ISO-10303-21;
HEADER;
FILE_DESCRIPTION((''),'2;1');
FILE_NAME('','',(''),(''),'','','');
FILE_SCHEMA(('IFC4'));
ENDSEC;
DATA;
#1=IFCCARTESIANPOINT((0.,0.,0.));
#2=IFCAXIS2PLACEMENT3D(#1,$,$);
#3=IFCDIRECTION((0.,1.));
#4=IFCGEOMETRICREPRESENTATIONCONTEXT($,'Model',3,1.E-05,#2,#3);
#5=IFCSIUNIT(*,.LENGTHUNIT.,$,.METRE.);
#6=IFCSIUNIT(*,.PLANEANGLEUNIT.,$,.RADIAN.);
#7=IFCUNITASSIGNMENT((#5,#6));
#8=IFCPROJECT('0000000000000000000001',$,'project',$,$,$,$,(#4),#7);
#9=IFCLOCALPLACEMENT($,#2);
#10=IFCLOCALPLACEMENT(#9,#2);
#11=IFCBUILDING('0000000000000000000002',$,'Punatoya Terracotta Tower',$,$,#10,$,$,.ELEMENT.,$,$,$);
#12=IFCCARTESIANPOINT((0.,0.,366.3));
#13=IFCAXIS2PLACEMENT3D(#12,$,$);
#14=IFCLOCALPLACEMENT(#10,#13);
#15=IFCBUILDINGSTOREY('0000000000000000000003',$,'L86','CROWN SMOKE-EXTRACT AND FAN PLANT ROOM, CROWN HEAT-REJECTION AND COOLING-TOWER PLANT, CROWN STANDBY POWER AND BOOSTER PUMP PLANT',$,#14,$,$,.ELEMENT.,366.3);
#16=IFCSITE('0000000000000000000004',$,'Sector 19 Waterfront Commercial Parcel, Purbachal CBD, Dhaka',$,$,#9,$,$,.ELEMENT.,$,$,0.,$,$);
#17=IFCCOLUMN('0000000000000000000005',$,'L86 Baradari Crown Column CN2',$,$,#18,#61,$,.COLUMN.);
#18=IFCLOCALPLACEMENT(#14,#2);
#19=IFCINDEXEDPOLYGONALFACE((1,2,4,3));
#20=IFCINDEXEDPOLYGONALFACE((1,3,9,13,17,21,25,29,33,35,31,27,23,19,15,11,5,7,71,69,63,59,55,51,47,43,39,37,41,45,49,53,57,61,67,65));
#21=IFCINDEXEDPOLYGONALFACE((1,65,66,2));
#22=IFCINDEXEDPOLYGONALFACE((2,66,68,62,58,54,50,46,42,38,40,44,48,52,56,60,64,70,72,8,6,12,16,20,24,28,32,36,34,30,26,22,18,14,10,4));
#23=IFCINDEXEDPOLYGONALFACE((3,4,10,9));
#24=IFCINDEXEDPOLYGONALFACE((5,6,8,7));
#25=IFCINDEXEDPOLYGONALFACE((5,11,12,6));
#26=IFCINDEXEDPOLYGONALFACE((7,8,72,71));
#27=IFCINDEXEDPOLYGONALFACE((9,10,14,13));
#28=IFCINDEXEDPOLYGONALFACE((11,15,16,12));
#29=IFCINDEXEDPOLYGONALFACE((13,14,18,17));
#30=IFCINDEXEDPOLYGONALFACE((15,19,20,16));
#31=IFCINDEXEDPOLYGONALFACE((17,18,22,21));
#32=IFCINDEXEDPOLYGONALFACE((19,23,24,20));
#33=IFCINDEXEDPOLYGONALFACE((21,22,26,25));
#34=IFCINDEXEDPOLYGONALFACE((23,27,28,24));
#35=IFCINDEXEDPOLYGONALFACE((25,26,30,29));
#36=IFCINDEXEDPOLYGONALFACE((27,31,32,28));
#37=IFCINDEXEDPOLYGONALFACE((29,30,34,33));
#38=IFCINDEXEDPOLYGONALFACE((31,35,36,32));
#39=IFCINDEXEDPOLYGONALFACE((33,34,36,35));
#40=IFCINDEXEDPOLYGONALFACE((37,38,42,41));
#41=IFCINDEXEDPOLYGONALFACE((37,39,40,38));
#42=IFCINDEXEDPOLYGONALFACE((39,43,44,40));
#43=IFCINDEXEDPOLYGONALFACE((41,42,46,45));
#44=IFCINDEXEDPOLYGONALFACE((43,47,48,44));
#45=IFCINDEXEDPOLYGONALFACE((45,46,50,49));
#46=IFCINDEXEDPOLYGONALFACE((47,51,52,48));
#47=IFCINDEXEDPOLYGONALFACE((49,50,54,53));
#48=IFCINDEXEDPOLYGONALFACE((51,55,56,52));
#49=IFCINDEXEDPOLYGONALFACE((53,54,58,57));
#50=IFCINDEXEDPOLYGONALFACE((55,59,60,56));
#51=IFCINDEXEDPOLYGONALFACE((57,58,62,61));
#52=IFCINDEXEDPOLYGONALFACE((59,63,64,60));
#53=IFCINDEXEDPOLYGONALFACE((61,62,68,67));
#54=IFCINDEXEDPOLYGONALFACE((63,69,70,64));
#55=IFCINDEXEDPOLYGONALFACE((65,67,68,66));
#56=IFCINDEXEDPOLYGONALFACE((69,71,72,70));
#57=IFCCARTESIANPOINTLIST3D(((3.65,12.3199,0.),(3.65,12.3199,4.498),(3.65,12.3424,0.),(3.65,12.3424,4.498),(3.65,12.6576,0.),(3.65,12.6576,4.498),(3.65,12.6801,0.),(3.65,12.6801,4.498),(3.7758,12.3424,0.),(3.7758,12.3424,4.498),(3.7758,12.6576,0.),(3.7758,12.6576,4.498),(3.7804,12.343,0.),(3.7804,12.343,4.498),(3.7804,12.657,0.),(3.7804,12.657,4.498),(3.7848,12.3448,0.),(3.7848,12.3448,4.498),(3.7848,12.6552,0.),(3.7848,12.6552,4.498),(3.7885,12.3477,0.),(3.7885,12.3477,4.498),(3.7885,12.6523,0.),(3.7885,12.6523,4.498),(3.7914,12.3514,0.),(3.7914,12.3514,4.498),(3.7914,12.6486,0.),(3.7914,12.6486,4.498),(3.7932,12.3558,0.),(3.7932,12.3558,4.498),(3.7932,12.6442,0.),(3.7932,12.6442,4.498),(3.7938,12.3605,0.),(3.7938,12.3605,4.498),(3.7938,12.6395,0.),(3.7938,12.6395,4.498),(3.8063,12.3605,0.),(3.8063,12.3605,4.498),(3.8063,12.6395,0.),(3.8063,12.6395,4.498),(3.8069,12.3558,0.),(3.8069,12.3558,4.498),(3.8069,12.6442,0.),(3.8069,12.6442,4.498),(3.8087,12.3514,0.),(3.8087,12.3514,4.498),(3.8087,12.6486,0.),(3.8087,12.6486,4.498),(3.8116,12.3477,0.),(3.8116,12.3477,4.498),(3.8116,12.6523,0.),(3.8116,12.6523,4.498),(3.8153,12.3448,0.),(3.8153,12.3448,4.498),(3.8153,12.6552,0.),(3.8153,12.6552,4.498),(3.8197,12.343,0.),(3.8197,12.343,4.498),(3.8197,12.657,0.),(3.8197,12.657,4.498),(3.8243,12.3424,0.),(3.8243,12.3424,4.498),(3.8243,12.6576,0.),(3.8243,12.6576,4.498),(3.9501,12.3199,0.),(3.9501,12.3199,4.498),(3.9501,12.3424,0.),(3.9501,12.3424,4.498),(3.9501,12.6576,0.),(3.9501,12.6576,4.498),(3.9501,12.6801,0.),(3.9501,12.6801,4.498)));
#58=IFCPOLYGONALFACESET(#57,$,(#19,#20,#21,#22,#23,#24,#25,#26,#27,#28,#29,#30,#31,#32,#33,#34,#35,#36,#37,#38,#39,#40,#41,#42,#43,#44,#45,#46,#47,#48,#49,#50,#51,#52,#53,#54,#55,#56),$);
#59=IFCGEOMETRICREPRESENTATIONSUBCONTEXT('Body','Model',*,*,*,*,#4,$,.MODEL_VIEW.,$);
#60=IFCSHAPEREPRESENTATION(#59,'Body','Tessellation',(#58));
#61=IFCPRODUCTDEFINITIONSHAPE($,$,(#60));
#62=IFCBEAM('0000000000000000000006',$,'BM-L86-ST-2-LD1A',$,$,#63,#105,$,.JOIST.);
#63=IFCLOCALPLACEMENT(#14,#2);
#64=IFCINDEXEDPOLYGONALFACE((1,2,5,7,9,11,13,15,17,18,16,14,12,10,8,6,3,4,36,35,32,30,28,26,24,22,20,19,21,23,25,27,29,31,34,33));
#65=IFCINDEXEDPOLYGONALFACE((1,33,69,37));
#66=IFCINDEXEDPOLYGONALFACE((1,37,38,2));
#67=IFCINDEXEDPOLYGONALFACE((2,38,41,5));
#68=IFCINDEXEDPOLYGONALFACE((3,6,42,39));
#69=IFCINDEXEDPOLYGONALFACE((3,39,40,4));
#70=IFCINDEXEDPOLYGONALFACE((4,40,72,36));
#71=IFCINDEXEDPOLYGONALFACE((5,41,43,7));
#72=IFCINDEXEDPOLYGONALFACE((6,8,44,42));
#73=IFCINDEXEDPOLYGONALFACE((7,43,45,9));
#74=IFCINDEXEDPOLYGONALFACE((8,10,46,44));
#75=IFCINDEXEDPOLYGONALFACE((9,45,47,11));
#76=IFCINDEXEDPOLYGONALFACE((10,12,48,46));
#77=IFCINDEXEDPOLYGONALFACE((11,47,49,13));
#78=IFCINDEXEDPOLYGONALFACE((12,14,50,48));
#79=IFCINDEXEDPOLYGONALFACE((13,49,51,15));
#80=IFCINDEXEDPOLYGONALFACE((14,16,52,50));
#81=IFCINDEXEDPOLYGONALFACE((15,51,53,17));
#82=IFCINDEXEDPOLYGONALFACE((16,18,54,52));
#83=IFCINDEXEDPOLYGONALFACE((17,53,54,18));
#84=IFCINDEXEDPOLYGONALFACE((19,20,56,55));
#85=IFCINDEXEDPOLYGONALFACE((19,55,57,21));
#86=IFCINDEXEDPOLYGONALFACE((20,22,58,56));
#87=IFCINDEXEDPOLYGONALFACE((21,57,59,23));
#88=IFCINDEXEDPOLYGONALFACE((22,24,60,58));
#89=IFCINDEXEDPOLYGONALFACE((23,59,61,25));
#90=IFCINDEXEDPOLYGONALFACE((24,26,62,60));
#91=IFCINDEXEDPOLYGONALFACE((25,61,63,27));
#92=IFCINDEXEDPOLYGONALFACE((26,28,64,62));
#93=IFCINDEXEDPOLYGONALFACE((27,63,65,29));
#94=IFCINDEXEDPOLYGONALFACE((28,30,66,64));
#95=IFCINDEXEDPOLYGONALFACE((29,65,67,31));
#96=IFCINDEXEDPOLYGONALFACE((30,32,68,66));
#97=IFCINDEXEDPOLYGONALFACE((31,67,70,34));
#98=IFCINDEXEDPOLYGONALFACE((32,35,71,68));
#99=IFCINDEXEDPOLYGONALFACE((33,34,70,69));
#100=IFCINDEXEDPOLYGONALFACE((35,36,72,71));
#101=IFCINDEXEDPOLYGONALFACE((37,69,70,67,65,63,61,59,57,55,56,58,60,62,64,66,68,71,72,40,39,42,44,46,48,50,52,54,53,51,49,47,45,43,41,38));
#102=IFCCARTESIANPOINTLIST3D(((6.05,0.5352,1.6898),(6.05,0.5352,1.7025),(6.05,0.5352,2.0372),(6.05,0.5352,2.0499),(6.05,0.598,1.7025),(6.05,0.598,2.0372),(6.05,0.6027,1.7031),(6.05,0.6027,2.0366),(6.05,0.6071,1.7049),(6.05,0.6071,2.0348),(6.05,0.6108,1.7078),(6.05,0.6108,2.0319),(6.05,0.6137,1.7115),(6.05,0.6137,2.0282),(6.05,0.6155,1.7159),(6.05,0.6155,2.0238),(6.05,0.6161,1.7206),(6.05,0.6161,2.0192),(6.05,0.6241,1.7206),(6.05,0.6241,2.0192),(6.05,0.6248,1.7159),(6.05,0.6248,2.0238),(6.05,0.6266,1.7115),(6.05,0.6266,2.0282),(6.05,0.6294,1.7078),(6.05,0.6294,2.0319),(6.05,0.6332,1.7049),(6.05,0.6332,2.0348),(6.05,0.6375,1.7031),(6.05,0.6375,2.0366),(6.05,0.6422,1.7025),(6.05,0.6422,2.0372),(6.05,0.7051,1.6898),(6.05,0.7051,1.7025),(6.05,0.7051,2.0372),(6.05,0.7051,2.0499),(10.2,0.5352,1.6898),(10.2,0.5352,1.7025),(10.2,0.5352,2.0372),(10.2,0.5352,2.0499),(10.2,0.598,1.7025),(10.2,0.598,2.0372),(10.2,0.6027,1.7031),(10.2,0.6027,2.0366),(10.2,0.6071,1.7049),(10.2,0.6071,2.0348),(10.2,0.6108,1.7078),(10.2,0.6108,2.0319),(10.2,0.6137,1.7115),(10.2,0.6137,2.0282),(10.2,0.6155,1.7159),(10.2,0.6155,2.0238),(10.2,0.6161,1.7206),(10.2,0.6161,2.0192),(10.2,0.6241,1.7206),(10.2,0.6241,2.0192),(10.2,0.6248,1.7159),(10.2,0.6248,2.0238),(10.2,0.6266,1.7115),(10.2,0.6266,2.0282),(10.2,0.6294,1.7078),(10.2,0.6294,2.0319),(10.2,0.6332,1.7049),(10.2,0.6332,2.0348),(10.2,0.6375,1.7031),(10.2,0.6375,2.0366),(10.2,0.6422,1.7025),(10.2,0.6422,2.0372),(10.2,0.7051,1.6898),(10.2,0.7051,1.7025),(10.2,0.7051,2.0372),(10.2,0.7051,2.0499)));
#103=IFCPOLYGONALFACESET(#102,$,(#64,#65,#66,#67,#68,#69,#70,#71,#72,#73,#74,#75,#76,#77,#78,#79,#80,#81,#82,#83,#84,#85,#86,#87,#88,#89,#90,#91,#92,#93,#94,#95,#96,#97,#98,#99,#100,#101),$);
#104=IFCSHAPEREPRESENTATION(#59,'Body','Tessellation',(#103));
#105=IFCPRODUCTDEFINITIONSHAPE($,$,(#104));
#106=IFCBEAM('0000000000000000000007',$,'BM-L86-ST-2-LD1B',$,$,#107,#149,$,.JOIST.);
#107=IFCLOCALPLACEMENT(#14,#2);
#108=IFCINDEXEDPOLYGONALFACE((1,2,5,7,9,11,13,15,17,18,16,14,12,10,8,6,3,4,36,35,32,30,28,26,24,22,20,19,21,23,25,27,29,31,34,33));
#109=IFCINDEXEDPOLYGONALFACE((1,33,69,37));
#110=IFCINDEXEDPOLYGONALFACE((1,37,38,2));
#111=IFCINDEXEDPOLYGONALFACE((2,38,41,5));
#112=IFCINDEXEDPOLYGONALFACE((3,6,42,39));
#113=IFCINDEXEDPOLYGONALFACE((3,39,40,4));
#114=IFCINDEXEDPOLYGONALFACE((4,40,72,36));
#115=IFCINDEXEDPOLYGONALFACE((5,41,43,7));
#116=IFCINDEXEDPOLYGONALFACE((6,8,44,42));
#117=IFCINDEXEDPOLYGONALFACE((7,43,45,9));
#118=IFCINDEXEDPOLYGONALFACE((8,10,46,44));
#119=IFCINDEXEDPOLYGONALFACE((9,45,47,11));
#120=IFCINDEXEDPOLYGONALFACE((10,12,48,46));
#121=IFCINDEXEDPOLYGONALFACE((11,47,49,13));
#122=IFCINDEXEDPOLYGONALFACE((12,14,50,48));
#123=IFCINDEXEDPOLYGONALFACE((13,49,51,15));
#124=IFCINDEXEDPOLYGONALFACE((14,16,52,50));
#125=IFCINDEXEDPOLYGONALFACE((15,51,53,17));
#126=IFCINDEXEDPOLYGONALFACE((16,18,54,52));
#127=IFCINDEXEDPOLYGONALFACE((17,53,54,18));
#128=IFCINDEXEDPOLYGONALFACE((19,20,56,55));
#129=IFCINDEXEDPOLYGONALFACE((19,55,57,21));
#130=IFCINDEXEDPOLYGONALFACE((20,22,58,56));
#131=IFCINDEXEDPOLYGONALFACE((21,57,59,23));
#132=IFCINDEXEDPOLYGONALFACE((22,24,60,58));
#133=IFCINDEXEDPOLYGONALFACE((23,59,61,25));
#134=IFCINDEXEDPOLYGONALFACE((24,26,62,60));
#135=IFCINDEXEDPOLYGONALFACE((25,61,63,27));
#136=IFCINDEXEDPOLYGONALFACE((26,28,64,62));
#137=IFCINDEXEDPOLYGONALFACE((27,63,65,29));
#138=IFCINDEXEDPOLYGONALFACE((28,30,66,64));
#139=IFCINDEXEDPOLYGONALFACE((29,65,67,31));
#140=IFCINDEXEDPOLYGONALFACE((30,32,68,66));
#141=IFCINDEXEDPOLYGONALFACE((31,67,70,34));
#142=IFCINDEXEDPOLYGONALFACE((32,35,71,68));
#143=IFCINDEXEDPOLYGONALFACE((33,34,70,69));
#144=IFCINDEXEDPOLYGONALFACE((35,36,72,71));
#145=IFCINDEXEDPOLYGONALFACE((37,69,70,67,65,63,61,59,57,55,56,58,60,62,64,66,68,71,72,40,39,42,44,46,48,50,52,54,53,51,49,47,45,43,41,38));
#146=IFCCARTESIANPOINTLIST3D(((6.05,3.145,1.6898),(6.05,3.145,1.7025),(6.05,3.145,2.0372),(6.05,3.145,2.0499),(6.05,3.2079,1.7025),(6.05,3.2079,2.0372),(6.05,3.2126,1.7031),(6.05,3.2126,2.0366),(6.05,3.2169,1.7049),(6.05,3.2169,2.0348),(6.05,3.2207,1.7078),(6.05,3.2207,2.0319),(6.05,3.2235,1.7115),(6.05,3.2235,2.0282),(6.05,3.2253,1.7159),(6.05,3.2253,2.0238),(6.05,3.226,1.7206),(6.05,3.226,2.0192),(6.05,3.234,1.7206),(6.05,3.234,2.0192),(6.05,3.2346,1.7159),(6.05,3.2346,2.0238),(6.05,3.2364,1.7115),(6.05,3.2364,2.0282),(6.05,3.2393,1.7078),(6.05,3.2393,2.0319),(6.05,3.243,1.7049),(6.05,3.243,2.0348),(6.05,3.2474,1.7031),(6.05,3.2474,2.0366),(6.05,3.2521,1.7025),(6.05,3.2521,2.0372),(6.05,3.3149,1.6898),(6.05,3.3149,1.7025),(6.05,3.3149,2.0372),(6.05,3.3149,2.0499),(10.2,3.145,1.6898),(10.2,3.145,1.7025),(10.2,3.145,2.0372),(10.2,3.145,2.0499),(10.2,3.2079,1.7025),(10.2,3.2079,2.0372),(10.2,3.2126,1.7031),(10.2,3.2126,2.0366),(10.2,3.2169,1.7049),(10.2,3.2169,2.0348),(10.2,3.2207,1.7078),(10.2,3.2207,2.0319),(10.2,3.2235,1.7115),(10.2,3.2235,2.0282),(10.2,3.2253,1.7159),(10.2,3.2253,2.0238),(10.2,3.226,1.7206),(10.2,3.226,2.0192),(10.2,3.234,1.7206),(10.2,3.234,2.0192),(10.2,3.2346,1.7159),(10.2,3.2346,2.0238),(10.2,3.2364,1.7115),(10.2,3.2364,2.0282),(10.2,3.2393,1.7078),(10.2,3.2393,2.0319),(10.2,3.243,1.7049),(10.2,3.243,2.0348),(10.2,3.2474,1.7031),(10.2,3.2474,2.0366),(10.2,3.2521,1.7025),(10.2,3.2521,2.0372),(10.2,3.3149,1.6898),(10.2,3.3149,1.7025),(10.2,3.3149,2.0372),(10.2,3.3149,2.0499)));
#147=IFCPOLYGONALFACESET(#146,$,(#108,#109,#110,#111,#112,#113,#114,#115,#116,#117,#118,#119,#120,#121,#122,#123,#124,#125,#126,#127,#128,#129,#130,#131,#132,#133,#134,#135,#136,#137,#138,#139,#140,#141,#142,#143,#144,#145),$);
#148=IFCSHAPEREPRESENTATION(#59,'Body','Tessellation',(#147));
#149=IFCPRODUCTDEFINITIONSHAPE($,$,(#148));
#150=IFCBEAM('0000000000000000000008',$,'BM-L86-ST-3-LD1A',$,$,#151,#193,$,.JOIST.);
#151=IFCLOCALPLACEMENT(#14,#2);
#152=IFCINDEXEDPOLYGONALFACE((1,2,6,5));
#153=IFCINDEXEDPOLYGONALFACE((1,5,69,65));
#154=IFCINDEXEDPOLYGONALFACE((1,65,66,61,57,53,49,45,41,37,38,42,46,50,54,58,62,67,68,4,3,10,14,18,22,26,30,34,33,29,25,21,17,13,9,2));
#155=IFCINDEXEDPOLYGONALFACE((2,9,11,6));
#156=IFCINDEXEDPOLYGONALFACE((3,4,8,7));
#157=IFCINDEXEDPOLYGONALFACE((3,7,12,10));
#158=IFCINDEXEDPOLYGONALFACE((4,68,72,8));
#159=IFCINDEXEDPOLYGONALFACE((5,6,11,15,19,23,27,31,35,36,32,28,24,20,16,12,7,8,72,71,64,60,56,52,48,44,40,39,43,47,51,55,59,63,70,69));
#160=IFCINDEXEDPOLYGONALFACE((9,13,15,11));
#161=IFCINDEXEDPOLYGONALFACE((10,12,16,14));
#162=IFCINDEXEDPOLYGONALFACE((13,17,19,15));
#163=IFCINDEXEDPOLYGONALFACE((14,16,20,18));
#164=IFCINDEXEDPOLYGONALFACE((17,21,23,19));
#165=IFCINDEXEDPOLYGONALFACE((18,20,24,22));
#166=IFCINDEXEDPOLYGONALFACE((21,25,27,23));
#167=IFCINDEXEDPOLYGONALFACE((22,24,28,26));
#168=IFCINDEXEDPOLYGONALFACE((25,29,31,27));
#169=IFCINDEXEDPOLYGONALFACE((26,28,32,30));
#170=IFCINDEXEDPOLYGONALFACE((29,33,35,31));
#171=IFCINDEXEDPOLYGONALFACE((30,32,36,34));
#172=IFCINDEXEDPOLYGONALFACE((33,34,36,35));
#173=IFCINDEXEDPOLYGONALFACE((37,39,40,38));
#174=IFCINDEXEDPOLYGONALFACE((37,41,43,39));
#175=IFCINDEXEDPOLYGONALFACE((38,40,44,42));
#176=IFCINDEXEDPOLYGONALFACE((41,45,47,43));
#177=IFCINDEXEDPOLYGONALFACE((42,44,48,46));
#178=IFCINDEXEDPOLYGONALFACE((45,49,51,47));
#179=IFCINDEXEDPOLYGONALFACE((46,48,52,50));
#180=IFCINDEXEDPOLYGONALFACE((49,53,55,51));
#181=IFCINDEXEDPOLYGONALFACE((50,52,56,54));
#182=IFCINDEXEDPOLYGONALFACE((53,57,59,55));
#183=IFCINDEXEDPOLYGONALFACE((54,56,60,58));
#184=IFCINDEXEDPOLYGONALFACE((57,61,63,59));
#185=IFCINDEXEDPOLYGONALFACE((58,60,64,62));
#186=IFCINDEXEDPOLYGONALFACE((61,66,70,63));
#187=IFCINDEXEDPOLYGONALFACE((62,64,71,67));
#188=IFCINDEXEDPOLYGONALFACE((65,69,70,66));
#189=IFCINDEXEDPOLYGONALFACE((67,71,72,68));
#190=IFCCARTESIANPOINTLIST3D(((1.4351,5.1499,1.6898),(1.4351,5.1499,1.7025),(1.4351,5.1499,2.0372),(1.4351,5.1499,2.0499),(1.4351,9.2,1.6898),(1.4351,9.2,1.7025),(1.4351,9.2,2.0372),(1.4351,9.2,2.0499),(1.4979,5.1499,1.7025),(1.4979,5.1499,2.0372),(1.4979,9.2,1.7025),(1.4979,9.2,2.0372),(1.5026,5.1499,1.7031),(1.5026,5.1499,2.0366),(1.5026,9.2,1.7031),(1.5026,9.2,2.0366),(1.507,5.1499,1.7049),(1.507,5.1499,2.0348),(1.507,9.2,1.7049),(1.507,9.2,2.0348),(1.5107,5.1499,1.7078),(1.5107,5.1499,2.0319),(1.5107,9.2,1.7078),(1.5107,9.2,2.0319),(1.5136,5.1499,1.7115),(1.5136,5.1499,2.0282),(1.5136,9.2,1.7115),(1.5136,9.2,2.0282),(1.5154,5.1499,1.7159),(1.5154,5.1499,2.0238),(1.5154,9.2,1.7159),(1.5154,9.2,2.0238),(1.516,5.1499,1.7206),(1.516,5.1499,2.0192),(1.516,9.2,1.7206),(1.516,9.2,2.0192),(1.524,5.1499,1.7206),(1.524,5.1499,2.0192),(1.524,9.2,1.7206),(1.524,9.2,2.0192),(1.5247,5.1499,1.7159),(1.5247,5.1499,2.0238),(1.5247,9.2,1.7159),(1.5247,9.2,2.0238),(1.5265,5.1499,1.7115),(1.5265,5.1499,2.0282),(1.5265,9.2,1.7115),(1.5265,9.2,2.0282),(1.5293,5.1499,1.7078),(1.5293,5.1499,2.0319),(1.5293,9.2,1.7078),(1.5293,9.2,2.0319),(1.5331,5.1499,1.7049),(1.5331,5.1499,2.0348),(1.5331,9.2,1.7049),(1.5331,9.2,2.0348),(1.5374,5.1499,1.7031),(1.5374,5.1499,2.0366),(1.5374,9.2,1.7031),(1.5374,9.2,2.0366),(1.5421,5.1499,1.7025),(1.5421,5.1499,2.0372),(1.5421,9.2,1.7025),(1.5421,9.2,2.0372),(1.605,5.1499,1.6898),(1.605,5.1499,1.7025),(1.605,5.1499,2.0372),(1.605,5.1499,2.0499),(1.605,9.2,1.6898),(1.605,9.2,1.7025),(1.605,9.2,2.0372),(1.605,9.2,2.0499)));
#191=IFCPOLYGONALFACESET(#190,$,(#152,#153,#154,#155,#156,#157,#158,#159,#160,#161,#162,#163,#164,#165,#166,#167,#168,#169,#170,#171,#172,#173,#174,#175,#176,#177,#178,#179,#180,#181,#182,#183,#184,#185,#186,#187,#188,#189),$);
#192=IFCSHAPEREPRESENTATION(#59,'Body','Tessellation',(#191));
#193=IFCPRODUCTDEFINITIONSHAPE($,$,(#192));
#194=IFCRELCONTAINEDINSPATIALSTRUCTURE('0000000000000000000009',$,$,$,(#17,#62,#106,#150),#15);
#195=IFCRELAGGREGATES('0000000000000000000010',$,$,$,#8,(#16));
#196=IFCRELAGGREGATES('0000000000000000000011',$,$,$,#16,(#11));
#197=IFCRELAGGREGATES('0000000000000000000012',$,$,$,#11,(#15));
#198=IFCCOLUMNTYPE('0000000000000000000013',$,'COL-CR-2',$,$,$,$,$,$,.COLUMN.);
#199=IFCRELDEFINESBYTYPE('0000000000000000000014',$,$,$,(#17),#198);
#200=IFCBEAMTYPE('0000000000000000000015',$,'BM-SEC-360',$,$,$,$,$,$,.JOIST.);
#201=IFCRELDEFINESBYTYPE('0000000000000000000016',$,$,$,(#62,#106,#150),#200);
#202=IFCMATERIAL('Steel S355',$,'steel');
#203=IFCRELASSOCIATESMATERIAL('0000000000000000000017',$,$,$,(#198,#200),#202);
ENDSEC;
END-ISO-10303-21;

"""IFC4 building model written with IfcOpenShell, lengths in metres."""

from ifc_helpers import new_model, si_unit, direction, frame, origin, origin_2d, place, context, subcontext, project, spatial, i_section, extrude, material, material_profile, profile_set, type_object, element, save


model = new_model("IFC4")

# Units and contexts
model_context = context("Model", 3, precision=1e-05, world=origin(), true_north=direction((0.0, 1.0)))
body_context = subcontext(model_context, "Body", "Model", "MODEL_VIEW")
ifc_project = project(units=[si_unit("LENGTHUNIT", "METRE"), si_unit("PLANEANGLEUNIT", "RADIAN")], contexts=[model_context])

# Site, building, storey
site_placement = place(None, origin())
site = spatial("IfcSite", under=ifc_project, at=site_placement, Name="Sector 19 Waterfront Commercial Parcel, Purbachal CBD, Dhaka", CompositionType="ELEMENT", RefElevation=0.0)
building_placement = place(site_placement, origin())
building = spatial("IfcBuilding", under=site, at=building_placement, Name="Punatoya Terracotta Tower", CompositionType="ELEMENT")
storey_placement = place(building_placement, frame((0.0, 0.0, 366.3)))
storey = spatial("IfcBuildingStorey", under=building, at=storey_placement, Name="L86", Description="CROWN SMOKE-EXTRACT AND FAN PLANT ROOM, CROWN HEAT-REJECTION AND COOLING-TOWER PLANT, CROWN STANDBY POWER AND BOOSTER PUMP PLANT", CompositionType="ELEMENT", Elevation=366.3)

# Column
ifc_material_1 = material(Name="Steel S355", Category="steel")
ifc_material_profile_1 = material_profile(ifc_material_1, i_section(OverallWidth=0.3, OverallDepth=0.3601, WebThickness=0.0125, FlangeThickness=0.0225, FilletRadius=0.0181, at=origin_2d()))
ifc_profile_set_1 = profile_set([ifc_material_profile_1], Name="Steel S355")
column_type = type_object("IfcColumnType", Name="COL-CR-2", PredefinedType="COLUMN", material=ifc_profile_set_1)
column_placement = place(storey_placement, frame((3.8, 12.5, 0.0), z_axis=(0.0, 0.0, 1.0), x_axis=(1.0, 0.0, 0.0)))
element("IfcColumn", 1, at=column_placement, inside=storey, type_object=column_type, Name="L86 Baradari Crown Column CN2", PredefinedType="COLUMN", context=body_context, shape_type="SweptSolid", body=[
    extrude(i_section(OverallWidth=0.3, OverallDepth=0.3601, WebThickness=0.0125, FlangeThickness=0.0225, FilletRadius=0.0181, at=origin_2d()), origin(), (0.0, 0.0, 1.0), 4.498),
])

# Beams
ifc_material_profile_2 = material_profile(ifc_material_1, i_section(OverallWidth=0.1699, OverallDepth=0.3601, WebThickness=0.0081, FlangeThickness=0.0127, FilletRadius=0.0181, at=origin_2d()))
ifc_profile_set_2 = profile_set([ifc_material_profile_2], Name="Steel S355")
beam_type_1 = type_object("IfcBeamType", Name="BM-SEC-360", PredefinedType="JOIST", material=ifc_profile_set_2)
for number, where, z_axis, x_axis, name in (
    (2, (6.05, 0.6201, 1.8699), (1.0, 0.0, 0.0), (0.0, 1.0, 0.0), "BM-L86-ST-2-LD1A"),
    (3, (6.05, 3.23, 1.8699), (1.0, 0.0, 0.0), (0.0, 1.0, 0.0), "BM-L86-ST-2-LD1B"),
):
    element("IfcBeam", number, at=place(storey_placement, frame(where, z_axis=z_axis, x_axis=x_axis)), inside=storey, type_object=beam_type_1, Name=name, PredefinedType="JOIST", context=body_context, shape_type="SweptSolid", body=[
        extrude(i_section(OverallWidth=0.1699, OverallDepth=0.3601, WebThickness=0.0081, FlangeThickness=0.0127, FilletRadius=0.0181, at=origin_2d()), origin(), (0.0, 0.0, 1.0), 4.1499),
    ])
for number, where, z_axis, x_axis, name in (
    (4, (1.52, 5.1499, 1.8699), (0.0, 1.0, 0.0), (-1.0, 0.0, 0.0), "BM-L86-ST-3-LD1A"),
):
    element("IfcBeam", number, at=place(storey_placement, frame(where, z_axis=z_axis, x_axis=x_axis)), inside=storey, type_object=beam_type_1, Name=name, PredefinedType="JOIST", context=body_context, shape_type="SweptSolid", body=[
        extrude(i_section(OverallWidth=0.1699, OverallDepth=0.3601, WebThickness=0.0081, FlangeThickness=0.0127, FilletRadius=0.0181, at=origin_2d()), origin(), (0.0, 0.0, 1.0), 4.05),
    ])

save(model, "model.ifc")
